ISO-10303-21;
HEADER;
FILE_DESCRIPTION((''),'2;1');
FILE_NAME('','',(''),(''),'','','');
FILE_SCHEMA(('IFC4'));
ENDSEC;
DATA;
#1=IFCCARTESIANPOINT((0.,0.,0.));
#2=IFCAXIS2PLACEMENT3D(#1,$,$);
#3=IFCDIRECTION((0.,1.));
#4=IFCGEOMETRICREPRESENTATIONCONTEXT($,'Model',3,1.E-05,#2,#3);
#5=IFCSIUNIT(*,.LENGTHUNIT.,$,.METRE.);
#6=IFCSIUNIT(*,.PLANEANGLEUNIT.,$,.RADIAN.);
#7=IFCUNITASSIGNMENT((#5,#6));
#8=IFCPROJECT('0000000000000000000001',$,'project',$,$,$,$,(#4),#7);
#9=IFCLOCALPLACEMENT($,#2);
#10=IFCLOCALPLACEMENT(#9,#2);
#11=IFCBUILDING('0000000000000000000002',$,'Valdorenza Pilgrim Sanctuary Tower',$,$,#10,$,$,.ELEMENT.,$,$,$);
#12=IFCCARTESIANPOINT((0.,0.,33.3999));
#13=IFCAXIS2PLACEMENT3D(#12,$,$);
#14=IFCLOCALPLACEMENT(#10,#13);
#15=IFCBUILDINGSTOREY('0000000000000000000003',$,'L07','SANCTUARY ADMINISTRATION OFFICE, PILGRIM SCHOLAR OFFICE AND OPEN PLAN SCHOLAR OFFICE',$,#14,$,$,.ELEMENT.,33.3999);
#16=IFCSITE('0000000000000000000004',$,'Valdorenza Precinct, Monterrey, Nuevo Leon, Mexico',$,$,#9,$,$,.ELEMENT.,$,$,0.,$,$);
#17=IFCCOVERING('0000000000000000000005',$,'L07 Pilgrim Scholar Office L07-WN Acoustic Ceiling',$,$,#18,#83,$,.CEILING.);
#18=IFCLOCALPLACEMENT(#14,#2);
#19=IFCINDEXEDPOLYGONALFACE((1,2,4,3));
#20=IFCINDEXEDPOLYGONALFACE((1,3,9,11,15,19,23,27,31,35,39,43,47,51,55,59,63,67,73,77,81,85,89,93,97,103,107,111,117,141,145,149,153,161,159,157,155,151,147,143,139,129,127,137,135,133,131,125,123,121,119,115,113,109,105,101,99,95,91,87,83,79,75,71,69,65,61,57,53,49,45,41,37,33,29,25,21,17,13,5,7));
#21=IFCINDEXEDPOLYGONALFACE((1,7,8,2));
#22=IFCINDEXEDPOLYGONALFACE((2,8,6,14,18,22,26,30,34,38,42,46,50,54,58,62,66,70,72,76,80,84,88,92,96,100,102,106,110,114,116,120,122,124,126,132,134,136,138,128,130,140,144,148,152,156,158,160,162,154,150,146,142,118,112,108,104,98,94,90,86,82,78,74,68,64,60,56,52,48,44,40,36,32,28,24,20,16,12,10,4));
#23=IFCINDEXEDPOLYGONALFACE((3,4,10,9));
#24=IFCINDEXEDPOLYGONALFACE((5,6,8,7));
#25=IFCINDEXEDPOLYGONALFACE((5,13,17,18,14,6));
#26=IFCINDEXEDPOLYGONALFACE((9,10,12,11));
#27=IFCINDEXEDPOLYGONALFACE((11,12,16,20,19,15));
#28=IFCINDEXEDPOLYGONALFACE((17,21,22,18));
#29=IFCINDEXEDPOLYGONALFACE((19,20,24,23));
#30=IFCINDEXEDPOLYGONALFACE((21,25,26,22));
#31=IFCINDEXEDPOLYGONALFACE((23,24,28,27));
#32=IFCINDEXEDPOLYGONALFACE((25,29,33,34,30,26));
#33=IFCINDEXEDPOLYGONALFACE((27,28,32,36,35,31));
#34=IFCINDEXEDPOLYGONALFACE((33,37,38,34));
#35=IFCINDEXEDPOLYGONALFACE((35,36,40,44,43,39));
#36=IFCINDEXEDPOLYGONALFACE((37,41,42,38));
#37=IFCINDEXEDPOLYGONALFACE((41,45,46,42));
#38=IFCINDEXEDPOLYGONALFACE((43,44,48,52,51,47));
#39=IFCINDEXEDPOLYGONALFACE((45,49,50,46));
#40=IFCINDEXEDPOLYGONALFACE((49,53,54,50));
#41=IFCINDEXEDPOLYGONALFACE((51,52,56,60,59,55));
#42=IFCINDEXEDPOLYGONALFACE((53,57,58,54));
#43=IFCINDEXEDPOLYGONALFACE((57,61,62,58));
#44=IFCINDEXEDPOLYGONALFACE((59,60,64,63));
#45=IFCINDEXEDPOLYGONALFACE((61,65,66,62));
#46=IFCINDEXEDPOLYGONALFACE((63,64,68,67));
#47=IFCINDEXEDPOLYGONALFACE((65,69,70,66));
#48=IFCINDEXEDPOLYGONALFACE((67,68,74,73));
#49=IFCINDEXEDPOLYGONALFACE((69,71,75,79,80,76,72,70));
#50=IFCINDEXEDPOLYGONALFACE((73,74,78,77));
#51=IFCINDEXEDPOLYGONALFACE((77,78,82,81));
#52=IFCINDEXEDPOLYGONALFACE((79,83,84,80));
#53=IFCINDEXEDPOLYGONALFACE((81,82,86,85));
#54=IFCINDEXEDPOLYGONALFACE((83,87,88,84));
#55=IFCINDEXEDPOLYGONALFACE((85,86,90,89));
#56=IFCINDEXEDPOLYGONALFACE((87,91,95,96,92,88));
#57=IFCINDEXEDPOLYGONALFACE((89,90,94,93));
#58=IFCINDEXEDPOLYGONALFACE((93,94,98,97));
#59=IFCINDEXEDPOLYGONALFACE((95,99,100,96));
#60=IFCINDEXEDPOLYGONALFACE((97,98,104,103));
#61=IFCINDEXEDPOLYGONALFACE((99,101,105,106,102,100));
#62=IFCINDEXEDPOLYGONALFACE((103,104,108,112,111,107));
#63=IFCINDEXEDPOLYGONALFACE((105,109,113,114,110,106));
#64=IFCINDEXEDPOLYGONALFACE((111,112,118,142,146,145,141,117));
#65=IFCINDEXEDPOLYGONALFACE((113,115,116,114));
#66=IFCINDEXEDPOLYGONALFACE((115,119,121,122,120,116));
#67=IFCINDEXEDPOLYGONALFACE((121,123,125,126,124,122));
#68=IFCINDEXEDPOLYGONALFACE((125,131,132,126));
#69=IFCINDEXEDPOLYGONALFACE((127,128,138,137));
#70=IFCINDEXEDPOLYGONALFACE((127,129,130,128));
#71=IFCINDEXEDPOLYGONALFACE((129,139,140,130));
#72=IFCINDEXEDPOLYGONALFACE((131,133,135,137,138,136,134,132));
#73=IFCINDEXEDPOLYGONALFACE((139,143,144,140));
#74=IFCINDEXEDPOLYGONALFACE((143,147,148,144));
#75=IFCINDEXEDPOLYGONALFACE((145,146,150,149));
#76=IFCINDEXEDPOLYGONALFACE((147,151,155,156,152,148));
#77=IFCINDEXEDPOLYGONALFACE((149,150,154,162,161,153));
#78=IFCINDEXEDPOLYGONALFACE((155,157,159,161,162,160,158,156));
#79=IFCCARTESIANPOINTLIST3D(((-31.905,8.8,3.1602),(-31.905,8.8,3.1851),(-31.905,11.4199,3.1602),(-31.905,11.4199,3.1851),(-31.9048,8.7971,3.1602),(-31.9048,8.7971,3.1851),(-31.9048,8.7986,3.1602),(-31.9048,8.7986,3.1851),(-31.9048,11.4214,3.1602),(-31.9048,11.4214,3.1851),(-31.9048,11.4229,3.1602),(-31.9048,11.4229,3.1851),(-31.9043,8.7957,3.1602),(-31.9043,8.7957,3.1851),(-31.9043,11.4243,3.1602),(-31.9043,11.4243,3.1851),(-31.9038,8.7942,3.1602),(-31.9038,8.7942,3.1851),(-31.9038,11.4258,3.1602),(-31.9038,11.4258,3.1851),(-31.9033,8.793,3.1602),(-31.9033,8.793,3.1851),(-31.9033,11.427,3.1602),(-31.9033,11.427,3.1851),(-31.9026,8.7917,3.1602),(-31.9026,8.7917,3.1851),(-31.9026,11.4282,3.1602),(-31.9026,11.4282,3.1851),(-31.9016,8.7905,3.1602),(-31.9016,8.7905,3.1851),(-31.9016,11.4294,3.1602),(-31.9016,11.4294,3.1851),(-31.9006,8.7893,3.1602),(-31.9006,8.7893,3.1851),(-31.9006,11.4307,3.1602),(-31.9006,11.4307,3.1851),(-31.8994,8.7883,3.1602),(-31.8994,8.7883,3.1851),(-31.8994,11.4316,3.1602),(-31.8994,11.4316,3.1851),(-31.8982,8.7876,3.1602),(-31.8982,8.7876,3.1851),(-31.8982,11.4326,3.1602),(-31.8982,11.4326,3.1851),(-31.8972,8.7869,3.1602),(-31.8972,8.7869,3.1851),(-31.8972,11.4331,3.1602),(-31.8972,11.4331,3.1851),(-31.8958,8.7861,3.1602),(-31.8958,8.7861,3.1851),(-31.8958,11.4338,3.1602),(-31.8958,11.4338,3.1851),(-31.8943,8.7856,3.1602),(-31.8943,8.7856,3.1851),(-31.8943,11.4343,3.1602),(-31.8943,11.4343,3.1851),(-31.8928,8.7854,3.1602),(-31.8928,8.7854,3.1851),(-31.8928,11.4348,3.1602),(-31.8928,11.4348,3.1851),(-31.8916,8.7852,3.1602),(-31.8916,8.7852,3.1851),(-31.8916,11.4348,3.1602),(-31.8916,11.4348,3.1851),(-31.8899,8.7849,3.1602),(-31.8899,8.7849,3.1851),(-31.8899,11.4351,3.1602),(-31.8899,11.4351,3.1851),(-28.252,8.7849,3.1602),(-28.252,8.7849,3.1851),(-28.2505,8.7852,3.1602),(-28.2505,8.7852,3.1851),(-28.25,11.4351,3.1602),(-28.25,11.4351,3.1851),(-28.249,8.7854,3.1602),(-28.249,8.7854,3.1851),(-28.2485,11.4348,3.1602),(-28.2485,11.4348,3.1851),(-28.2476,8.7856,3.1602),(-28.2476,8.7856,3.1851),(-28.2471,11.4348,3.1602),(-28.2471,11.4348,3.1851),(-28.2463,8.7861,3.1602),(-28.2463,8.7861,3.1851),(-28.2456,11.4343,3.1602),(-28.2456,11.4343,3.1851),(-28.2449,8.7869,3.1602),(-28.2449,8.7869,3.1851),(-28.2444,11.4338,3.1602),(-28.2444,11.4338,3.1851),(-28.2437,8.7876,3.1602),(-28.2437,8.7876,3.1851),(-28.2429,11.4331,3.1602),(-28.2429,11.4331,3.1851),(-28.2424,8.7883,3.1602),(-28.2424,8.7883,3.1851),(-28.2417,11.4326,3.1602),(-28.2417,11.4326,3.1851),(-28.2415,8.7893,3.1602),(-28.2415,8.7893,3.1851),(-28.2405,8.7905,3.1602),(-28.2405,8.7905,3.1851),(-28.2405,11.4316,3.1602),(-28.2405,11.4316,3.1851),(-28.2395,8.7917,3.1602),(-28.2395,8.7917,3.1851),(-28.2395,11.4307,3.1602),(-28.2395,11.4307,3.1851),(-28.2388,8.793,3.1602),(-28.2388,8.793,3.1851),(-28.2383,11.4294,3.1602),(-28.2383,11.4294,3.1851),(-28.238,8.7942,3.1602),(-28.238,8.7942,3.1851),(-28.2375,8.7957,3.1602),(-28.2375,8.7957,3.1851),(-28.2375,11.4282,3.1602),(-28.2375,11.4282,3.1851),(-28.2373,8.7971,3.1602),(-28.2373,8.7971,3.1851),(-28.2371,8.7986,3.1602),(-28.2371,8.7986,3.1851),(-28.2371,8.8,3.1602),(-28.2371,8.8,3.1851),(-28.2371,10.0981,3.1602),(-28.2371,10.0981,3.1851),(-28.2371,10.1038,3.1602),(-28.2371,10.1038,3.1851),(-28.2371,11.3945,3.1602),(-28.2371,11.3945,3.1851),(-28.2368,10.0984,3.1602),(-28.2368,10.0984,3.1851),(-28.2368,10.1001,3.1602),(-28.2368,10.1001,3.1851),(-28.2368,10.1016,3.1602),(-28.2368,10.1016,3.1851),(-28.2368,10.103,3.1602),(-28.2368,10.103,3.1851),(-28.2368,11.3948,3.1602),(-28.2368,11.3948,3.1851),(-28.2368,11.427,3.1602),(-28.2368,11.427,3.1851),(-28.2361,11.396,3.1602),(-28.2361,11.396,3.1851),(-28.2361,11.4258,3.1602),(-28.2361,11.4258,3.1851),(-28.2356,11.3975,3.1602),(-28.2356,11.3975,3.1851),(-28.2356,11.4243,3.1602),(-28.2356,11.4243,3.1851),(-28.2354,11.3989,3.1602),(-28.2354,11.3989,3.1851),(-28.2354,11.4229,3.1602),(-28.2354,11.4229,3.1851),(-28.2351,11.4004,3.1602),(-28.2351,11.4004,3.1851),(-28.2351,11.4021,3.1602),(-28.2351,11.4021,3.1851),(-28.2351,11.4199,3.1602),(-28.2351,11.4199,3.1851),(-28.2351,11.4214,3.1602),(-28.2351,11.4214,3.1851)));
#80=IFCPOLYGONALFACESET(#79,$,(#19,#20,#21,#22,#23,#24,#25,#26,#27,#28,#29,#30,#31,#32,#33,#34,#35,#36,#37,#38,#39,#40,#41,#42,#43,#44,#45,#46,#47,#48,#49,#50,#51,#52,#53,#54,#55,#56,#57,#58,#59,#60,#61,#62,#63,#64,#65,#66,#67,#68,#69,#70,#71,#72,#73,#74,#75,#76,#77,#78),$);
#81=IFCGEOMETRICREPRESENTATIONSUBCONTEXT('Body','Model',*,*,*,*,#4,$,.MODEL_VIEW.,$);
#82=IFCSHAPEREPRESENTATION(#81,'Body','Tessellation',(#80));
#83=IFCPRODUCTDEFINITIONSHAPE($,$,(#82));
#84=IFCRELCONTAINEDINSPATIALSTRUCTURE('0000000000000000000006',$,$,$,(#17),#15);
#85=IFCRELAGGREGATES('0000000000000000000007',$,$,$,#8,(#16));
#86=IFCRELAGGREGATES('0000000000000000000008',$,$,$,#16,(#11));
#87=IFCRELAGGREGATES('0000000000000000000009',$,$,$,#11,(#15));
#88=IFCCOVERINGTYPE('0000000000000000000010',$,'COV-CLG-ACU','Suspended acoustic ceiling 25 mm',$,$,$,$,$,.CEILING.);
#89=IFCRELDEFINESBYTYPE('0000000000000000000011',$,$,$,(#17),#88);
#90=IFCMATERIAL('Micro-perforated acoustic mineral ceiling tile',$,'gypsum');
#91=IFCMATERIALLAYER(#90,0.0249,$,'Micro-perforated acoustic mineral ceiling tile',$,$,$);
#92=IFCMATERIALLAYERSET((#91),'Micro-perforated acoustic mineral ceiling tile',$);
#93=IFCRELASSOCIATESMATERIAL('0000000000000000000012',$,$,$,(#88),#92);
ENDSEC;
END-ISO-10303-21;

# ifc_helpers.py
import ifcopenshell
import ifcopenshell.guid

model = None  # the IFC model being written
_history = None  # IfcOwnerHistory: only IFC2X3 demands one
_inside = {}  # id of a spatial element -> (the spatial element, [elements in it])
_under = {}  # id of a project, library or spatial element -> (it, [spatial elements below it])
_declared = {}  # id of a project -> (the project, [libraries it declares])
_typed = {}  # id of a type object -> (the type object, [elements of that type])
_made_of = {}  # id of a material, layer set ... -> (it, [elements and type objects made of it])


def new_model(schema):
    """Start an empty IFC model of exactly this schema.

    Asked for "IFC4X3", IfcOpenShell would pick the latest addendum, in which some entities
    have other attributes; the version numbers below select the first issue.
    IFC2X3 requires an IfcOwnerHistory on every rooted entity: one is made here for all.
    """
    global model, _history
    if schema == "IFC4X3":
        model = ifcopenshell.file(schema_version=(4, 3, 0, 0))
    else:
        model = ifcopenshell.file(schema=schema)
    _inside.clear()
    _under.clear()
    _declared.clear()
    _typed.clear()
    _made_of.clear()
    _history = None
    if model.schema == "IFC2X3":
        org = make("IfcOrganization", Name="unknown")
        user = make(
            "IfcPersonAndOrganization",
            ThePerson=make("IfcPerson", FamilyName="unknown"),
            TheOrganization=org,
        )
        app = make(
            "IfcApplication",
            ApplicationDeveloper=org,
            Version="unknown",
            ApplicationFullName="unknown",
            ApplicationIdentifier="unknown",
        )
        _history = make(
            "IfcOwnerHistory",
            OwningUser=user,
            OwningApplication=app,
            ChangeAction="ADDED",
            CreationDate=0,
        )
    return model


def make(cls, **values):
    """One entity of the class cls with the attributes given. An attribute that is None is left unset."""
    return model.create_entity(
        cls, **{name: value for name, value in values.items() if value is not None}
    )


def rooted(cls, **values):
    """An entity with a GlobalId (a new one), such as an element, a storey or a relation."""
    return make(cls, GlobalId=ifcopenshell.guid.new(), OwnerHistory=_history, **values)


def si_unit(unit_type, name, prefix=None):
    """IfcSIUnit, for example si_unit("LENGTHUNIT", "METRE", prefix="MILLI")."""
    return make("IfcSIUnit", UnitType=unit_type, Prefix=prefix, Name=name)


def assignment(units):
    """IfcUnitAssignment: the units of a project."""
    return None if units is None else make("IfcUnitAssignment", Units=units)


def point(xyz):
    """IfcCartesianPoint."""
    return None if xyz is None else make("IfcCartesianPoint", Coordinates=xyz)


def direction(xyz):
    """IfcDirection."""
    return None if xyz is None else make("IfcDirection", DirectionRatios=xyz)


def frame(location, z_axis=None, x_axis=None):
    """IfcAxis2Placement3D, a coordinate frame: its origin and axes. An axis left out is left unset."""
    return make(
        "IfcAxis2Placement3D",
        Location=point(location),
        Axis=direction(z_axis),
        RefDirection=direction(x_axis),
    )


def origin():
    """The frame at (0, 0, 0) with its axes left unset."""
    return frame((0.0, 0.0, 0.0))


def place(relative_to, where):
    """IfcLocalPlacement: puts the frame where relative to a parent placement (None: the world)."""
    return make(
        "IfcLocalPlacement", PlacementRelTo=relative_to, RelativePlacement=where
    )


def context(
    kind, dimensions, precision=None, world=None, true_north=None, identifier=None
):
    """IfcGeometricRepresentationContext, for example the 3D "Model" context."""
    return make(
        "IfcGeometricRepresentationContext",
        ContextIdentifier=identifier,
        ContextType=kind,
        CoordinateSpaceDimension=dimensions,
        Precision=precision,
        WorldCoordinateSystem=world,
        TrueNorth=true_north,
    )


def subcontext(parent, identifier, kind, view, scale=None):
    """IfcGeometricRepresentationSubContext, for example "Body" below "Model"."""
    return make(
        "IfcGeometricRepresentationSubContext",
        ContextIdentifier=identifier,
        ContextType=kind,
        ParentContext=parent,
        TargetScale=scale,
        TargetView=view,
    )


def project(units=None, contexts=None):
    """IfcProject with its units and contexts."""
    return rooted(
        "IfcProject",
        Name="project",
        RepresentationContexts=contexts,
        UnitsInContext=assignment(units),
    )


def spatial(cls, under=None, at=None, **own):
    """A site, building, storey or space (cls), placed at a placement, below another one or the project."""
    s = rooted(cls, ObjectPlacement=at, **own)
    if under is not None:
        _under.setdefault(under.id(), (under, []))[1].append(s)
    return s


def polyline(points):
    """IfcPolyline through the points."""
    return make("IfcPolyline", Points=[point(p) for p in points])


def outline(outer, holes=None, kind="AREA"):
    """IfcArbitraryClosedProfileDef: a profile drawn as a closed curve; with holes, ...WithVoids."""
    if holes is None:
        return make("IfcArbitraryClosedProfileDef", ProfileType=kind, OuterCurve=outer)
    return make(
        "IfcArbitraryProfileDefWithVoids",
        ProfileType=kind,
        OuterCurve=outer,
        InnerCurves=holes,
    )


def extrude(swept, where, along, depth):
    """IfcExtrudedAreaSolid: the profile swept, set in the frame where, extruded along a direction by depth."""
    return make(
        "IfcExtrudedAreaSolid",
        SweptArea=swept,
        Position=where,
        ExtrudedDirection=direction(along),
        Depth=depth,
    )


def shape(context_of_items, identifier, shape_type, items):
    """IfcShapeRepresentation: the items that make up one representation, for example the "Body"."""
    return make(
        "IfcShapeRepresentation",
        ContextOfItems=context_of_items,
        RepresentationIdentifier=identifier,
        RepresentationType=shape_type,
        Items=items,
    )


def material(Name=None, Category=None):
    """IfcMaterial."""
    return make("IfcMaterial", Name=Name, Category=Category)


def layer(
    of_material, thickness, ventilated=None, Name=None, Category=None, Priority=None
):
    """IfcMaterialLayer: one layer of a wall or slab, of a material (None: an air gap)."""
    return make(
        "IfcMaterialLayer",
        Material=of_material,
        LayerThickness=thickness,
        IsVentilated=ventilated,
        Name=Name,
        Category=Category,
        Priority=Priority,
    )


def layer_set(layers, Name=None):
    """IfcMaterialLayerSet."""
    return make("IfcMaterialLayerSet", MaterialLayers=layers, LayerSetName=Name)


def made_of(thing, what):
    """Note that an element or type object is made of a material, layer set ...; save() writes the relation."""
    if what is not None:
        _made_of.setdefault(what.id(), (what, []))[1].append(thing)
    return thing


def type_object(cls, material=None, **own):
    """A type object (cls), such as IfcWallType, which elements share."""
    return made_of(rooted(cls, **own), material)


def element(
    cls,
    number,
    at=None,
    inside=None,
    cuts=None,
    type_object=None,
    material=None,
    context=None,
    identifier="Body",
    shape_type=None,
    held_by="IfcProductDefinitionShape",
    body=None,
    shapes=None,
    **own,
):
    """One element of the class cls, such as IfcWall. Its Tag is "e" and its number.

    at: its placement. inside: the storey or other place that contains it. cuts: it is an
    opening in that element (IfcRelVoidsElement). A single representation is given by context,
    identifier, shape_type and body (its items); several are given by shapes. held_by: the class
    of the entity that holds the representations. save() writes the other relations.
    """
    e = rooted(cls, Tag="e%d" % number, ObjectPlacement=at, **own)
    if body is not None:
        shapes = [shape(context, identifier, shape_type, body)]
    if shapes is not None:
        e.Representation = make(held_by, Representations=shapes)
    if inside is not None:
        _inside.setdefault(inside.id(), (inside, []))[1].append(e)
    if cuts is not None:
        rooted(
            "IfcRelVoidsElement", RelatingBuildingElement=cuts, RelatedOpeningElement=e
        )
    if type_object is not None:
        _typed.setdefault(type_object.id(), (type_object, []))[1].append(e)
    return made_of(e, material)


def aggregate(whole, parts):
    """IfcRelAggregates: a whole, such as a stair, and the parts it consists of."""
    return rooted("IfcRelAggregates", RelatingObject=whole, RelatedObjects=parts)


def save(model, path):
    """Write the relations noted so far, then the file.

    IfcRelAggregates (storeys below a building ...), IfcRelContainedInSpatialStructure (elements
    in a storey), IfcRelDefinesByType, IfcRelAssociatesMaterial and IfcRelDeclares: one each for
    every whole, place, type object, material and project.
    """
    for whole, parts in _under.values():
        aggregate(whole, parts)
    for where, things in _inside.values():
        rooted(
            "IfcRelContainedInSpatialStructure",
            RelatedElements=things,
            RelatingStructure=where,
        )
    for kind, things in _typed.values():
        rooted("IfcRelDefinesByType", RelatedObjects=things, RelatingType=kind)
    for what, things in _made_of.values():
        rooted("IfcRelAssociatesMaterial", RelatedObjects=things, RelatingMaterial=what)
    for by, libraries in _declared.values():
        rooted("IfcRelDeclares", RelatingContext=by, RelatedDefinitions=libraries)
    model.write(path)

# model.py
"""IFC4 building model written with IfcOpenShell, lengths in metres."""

from ifc_helpers import new_model, si_unit, direction, frame, origin, place, context, subcontext, project, spatial, polyline, outline, extrude, material, layer, layer_set, type_object, element, save


model = new_model("IFC4")

# Units and contexts
model_context = context("Model", 3, precision=1e-05, world=origin(), true_north=direction((0.0, 1.0)))
body_context = subcontext(model_context, "Body", "Model", "MODEL_VIEW")
ifc_project = project(units=[si_unit("LENGTHUNIT", "METRE"), si_unit("PLANEANGLEUNIT", "RADIAN")], contexts=[model_context])

# Site, building, storey
site_placement = place(None, origin())
site = spatial("IfcSite", under=ifc_project, at=site_placement, Name="Valdorenza Precinct, Monterrey, Nuevo Leon, Mexico", CompositionType="ELEMENT", RefElevation=0.0)
building_placement = place(site_placement, origin())
building = spatial("IfcBuilding", under=site, at=building_placement, Name="Valdorenza Pilgrim Sanctuary Tower", CompositionType="ELEMENT")
storey_placement = place(building_placement, frame((0.0, 0.0, 33.3999)))
storey = spatial("IfcBuildingStorey", under=building, at=storey_placement, Name="L07", Description="SANCTUARY ADMINISTRATION OFFICE, PILGRIM SCHOLAR OFFICE AND OPEN PLAN SCHOLAR OFFICE", CompositionType="ELEMENT", Elevation=33.3999)

# Covering
ifc_material_1 = material(Name="Micro-perforated acoustic mineral ceiling tile", Category="gypsum")
ifc_layer_1 = layer(ifc_material_1, 0.0249, Name="Micro-perforated acoustic mineral ceiling tile")
ifc_layer_set_1 = layer_set([ifc_layer_1], Name="Micro-perforated acoustic mineral ceiling tile")
covering_type_1 = type_object("IfcCoveringType", Name="COV-CLG-ACU", Description="Suspended acoustic ceiling 25 mm", PredefinedType="CEILING", material=ifc_layer_set_1)
covering_1_placement = place(storey_placement, frame((0.0, 0.0, 3.1602)))
element("IfcCovering", 1, at=covering_1_placement, inside=storey, type_object=covering_type_1, Name="L07 Pilgrim Scholar Office L07-WN Acoustic Ceiling", PredefinedType="CEILING", context=body_context, shape_type="SweptSolid", body=[
    extrude(outline(polyline([(-28.2371, 11.3945), (-28.2371, 10.1038), (-28.2368, 10.103), (-28.2368, 10.1016), (-28.2368, 10.1001), (-28.2368, 10.0984), (-28.2371, 10.0981), (-28.2371, 8.8), (-28.2371, 8.7986), (-28.2373, 8.7971), (-28.2375, 8.7957), (-28.238, 8.7942), (-28.2388, 8.793), (-28.2395, 8.7917), (-28.2405, 8.7905), (-28.2415, 8.7893), (-28.2424, 8.7883), (-28.2437, 8.7876), (-28.2449, 8.7869), (-28.2463, 8.7861), (-28.2476, 8.7856), (-28.249, 8.7854), (-28.2505, 8.7852), (-28.252, 8.7849), (-31.8899, 8.7849), (-31.8916, 8.7852), (-31.8928, 8.7854), (-31.8943, 8.7856), (-31.8958, 8.7861), (-31.8972, 8.7869), (-31.8982, 8.7876), (-31.8994, 8.7883), (-31.9006, 8.7893), (-31.9016, 8.7905), (-31.9026, 8.7917), (-31.9033, 8.793), (-31.9038, 8.7942), (-31.9043, 8.7957), (-31.9048, 8.7971), (-31.9048, 8.7986), (-31.905, 8.8), (-31.905, 11.4199), (-31.9048, 11.4214), (-31.9048, 11.4229), (-31.9043, 11.4243), (-31.9038, 11.4258), (-31.9033, 11.427), (-31.9026, 11.4282), (-31.9016, 11.4294), (-31.9006, 11.4307), (-31.8994, 11.4316), (-31.8982, 11.4326), (-31.8972, 11.4331), (-31.8958, 11.4338), (-31.8943, 11.4343), (-31.8928, 11.4348), (-31.8916, 11.4348), (-31.8899, 11.4351), (-28.25, 11.4351), (-28.2485, 11.4348), (-28.2471, 11.4348), (-28.2456, 11.4343), (-28.2444, 11.4338), (-28.2429, 11.4331), (-28.2417, 11.4326), (-28.2405, 11.4316), (-28.2395, 11.4307), (-28.2383, 11.4294), (-28.2375, 11.4282), (-28.2368, 11.427), (-28.2361, 11.4258), (-28.2356, 11.4243), (-28.2354, 11.4229), (-28.2351, 11.4214), (-28.2351, 11.4199), (-28.2351, 11.4021), (-28.2351, 11.4004), (-28.2354, 11.3989), (-28.2356, 11.3975), (-28.2361, 11.396), (-28.2368, 11.3948), (-28.2371, 11.3945)])), origin(), (0.0, 0.0, 1.0), 0.0249),
])

save(model, "model.ifc")
